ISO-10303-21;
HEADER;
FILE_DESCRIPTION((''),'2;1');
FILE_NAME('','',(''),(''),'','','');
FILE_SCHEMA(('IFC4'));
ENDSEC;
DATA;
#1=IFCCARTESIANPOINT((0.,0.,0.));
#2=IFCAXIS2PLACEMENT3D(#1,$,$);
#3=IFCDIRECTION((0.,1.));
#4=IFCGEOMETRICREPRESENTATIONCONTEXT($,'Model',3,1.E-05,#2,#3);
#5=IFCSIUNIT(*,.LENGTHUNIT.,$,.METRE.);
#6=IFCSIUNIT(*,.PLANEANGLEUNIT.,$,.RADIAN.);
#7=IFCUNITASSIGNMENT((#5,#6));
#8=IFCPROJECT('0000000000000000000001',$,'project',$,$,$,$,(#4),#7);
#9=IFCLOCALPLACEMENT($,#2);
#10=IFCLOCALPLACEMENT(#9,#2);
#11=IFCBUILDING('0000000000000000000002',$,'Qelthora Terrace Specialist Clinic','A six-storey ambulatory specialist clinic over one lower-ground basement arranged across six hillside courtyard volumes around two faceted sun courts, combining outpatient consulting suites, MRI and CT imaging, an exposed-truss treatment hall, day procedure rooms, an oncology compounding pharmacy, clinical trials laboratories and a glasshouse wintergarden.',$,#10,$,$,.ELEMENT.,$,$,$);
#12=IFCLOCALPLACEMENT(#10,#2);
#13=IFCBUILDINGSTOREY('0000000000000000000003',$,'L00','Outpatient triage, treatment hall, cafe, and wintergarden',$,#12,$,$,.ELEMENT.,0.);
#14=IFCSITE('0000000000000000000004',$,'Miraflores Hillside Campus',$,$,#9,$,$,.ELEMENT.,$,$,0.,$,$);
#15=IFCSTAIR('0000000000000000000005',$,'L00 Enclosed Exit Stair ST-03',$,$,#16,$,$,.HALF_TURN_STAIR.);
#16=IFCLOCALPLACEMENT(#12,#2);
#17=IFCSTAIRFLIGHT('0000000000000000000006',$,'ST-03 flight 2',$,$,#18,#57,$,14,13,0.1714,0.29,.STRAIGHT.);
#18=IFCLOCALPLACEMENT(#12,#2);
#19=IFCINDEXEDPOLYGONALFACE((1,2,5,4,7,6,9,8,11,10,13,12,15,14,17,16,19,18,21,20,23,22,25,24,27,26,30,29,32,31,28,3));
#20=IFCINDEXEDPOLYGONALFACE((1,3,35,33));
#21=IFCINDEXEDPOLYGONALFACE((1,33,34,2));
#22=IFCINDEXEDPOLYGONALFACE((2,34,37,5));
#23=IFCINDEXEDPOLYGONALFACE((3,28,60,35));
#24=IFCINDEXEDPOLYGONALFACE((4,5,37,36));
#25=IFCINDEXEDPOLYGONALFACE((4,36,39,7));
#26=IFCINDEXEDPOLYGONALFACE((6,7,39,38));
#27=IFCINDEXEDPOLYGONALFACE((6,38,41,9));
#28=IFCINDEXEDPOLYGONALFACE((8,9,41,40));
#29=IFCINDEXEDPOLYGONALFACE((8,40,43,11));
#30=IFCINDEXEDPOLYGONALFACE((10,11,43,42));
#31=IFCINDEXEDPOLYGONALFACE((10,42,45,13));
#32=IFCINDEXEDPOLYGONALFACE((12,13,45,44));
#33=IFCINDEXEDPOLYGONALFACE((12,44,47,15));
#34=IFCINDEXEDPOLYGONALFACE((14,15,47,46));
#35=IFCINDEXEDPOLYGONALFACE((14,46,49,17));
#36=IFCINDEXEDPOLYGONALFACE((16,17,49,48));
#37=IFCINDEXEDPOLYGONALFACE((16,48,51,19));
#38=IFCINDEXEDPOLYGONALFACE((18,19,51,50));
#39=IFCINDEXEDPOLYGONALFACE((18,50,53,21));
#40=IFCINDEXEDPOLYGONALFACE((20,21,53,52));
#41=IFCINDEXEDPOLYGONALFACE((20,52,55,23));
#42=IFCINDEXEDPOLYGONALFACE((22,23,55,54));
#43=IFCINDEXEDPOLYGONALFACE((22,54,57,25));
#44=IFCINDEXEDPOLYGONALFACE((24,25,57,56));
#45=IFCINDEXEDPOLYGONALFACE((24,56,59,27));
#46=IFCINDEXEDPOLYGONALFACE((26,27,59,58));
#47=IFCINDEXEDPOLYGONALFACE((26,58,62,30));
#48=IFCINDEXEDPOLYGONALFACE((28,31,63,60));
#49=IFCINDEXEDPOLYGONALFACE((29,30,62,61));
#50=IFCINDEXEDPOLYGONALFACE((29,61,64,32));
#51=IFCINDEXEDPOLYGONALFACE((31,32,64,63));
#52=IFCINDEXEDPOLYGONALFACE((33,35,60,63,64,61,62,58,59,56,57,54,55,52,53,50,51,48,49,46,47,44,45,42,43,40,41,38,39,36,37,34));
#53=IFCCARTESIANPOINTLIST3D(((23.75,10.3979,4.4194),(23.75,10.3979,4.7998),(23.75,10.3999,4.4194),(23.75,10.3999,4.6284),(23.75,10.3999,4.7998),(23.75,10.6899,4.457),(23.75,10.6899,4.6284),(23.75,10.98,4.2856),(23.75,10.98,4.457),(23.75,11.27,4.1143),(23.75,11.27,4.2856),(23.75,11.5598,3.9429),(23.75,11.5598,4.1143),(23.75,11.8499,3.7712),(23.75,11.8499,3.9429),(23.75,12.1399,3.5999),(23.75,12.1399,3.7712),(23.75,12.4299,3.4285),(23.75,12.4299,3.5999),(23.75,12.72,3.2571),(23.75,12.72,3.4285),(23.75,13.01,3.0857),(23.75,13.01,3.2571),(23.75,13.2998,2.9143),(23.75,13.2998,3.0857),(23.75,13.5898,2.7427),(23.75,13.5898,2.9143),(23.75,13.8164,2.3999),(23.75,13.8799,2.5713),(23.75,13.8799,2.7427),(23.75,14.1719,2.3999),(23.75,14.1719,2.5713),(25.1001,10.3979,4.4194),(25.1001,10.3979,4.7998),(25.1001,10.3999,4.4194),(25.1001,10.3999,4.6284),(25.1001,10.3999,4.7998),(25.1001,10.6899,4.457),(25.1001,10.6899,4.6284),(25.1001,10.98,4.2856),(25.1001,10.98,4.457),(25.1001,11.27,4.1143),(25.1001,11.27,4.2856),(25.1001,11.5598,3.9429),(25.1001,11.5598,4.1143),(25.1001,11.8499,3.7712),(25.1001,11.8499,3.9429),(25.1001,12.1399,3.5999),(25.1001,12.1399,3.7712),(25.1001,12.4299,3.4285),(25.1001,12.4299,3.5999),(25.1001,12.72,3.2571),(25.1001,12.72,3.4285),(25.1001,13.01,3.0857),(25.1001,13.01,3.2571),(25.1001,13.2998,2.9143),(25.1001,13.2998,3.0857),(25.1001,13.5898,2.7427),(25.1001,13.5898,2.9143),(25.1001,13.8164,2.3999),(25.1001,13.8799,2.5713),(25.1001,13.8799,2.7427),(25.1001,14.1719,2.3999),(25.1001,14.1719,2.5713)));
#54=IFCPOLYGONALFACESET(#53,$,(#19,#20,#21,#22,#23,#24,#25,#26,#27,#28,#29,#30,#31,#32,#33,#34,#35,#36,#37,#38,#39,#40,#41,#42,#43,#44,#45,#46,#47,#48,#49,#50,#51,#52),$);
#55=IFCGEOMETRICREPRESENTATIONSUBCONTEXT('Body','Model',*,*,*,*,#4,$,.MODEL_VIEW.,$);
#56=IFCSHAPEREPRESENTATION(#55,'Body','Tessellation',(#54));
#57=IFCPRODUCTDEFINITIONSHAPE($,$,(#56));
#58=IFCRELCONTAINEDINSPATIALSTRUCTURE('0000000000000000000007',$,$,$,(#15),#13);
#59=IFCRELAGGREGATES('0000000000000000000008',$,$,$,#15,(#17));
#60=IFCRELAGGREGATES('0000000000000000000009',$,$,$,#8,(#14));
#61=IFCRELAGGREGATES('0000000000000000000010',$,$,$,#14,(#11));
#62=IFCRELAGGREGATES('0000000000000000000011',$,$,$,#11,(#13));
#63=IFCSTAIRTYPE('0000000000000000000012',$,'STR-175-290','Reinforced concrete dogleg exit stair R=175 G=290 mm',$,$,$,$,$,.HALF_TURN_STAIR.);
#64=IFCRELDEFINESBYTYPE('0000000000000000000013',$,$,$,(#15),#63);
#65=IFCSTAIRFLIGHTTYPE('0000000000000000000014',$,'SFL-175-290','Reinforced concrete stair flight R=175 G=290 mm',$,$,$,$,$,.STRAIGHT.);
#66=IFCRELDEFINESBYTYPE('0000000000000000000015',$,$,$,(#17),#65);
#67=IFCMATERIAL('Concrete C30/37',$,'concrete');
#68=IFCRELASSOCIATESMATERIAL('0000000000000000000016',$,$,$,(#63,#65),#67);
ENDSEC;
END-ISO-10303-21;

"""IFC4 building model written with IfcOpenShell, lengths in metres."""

from ifc_helpers import new_model, si_unit, direction, frame, origin, place, context, subcontext, project, spatial, polyline, outline, extrude, material, type_object, element, aggregate, save


model = new_model("IFC4")

# Units and contexts
model_context = context("Model", 3, precision=1e-05, world=origin(), true_north=direction((0.0, 1.0)))
body_context = subcontext(model_context, "Body", "Model", "MODEL_VIEW")
ifc_project = project(units=[si_unit("LENGTHUNIT", "METRE"), si_unit("PLANEANGLEUNIT", "RADIAN")], contexts=[model_context])

# Site, building, storey
site_placement = place(None, origin())
site = spatial("IfcSite", under=ifc_project, at=site_placement, Name="Miraflores Hillside Campus", CompositionType="ELEMENT", RefElevation=0.0)
building_placement = place(site_placement, origin())
building = spatial("IfcBuilding", under=site, at=building_placement, Name="Qelthora Terrace Specialist Clinic", Description="A six-storey ambulatory specialist clinic over one lower-ground basement arranged across six hillside courtyard volumes around two faceted sun courts, combining outpatient consulting suites, MRI and CT imaging, an exposed-truss treatment hall, day procedure rooms, an oncology compounding pharmacy, clinical trials laboratories and a glasshouse wintergarden.", CompositionType="ELEMENT")
storey_placement = place(building_placement, origin())
storey = spatial("IfcBuildingStorey", under=building, at=storey_placement, Name="L00", Description="Outpatient triage, treatment hall, cafe, and wintergarden", CompositionType="ELEMENT", Elevation=0.0)

# Shared definitions
ifc_material_1 = material(Name="Concrete C30/37", Category="concrete")

# Stair, stair flight
stair_type = type_object("IfcStairType", Name="STR-175-290", Description="Reinforced concrete dogleg exit stair R=175 G=290 mm", PredefinedType="HALF_TURN_STAIR", material=ifc_material_1)
stair_placement = place(storey_placement, origin())
stair = element("IfcStair", 1, at=stair_placement, inside=storey, type_object=stair_type, Name="L00 Enclosed Exit Stair ST-03", PredefinedType="HALF_TURN_STAIR")
stair_flight_type = type_object("IfcStairFlightType", Name="SFL-175-290", Description="Reinforced concrete stair flight R=175 G=290 mm", PredefinedType="STRAIGHT", material=ifc_material_1)
stair_flight_1_placement = place(storey_placement, frame((24.425, 14.1699, 2.3999), z_axis=(0.0, 0.0, 1.0), x_axis=(0.0, -1.0, 0.0)))
stair_flight_1 = element("IfcStairFlight", 2, at=stair_flight_1_placement, type_object=stair_flight_type, Name="ST-03 flight 2", NumberOfRisers=14, NumberOfTreads=13, PredefinedType="STRAIGHT", RiserHeight=0.1714, TreadLength=0.29, context=body_context, shape_type="SweptSolid", body=[
    extrude(outline(polyline([(-0.002, 0.0), (-0.002, 0.1714), (0.29, 0.1714), (0.29, 0.3428), (0.5801, 0.3428), (0.5801, 0.5144), (0.8701, 0.5144), (0.8701, 0.6858), (1.1599, 0.6858), (1.1599, 0.8572), (1.45, 0.8572), (1.45, 1.0286), (1.74, 1.0286), (1.74, 1.2), (2.03, 1.2), (2.03, 1.3713), (2.3201, 1.3713), (2.3201, 1.543), (2.6101, 1.543), (2.6101, 1.7144), (2.8999, 1.7144), (2.8999, 1.8857), (3.1899, 1.8857), (3.1899, 2.0571), (3.48, 2.0571), (3.48, 2.2285), (3.77, 2.2285), (3.77, 2.3999), (3.772, 2.3999), (3.772, 2.0195), (3.77, 2.0195), (0.3535, 0.0), (-0.002, 0.0)])), frame((0.0, 0.675, 0.0), z_axis=(0.0, -1.0, 0.0), x_axis=(1.0, 0.0, 0.0)), (0.0, 0.0, 1.0), 1.3501),
])
aggregate(stair, [stair_flight_1])

save(model, "model.ifc")
